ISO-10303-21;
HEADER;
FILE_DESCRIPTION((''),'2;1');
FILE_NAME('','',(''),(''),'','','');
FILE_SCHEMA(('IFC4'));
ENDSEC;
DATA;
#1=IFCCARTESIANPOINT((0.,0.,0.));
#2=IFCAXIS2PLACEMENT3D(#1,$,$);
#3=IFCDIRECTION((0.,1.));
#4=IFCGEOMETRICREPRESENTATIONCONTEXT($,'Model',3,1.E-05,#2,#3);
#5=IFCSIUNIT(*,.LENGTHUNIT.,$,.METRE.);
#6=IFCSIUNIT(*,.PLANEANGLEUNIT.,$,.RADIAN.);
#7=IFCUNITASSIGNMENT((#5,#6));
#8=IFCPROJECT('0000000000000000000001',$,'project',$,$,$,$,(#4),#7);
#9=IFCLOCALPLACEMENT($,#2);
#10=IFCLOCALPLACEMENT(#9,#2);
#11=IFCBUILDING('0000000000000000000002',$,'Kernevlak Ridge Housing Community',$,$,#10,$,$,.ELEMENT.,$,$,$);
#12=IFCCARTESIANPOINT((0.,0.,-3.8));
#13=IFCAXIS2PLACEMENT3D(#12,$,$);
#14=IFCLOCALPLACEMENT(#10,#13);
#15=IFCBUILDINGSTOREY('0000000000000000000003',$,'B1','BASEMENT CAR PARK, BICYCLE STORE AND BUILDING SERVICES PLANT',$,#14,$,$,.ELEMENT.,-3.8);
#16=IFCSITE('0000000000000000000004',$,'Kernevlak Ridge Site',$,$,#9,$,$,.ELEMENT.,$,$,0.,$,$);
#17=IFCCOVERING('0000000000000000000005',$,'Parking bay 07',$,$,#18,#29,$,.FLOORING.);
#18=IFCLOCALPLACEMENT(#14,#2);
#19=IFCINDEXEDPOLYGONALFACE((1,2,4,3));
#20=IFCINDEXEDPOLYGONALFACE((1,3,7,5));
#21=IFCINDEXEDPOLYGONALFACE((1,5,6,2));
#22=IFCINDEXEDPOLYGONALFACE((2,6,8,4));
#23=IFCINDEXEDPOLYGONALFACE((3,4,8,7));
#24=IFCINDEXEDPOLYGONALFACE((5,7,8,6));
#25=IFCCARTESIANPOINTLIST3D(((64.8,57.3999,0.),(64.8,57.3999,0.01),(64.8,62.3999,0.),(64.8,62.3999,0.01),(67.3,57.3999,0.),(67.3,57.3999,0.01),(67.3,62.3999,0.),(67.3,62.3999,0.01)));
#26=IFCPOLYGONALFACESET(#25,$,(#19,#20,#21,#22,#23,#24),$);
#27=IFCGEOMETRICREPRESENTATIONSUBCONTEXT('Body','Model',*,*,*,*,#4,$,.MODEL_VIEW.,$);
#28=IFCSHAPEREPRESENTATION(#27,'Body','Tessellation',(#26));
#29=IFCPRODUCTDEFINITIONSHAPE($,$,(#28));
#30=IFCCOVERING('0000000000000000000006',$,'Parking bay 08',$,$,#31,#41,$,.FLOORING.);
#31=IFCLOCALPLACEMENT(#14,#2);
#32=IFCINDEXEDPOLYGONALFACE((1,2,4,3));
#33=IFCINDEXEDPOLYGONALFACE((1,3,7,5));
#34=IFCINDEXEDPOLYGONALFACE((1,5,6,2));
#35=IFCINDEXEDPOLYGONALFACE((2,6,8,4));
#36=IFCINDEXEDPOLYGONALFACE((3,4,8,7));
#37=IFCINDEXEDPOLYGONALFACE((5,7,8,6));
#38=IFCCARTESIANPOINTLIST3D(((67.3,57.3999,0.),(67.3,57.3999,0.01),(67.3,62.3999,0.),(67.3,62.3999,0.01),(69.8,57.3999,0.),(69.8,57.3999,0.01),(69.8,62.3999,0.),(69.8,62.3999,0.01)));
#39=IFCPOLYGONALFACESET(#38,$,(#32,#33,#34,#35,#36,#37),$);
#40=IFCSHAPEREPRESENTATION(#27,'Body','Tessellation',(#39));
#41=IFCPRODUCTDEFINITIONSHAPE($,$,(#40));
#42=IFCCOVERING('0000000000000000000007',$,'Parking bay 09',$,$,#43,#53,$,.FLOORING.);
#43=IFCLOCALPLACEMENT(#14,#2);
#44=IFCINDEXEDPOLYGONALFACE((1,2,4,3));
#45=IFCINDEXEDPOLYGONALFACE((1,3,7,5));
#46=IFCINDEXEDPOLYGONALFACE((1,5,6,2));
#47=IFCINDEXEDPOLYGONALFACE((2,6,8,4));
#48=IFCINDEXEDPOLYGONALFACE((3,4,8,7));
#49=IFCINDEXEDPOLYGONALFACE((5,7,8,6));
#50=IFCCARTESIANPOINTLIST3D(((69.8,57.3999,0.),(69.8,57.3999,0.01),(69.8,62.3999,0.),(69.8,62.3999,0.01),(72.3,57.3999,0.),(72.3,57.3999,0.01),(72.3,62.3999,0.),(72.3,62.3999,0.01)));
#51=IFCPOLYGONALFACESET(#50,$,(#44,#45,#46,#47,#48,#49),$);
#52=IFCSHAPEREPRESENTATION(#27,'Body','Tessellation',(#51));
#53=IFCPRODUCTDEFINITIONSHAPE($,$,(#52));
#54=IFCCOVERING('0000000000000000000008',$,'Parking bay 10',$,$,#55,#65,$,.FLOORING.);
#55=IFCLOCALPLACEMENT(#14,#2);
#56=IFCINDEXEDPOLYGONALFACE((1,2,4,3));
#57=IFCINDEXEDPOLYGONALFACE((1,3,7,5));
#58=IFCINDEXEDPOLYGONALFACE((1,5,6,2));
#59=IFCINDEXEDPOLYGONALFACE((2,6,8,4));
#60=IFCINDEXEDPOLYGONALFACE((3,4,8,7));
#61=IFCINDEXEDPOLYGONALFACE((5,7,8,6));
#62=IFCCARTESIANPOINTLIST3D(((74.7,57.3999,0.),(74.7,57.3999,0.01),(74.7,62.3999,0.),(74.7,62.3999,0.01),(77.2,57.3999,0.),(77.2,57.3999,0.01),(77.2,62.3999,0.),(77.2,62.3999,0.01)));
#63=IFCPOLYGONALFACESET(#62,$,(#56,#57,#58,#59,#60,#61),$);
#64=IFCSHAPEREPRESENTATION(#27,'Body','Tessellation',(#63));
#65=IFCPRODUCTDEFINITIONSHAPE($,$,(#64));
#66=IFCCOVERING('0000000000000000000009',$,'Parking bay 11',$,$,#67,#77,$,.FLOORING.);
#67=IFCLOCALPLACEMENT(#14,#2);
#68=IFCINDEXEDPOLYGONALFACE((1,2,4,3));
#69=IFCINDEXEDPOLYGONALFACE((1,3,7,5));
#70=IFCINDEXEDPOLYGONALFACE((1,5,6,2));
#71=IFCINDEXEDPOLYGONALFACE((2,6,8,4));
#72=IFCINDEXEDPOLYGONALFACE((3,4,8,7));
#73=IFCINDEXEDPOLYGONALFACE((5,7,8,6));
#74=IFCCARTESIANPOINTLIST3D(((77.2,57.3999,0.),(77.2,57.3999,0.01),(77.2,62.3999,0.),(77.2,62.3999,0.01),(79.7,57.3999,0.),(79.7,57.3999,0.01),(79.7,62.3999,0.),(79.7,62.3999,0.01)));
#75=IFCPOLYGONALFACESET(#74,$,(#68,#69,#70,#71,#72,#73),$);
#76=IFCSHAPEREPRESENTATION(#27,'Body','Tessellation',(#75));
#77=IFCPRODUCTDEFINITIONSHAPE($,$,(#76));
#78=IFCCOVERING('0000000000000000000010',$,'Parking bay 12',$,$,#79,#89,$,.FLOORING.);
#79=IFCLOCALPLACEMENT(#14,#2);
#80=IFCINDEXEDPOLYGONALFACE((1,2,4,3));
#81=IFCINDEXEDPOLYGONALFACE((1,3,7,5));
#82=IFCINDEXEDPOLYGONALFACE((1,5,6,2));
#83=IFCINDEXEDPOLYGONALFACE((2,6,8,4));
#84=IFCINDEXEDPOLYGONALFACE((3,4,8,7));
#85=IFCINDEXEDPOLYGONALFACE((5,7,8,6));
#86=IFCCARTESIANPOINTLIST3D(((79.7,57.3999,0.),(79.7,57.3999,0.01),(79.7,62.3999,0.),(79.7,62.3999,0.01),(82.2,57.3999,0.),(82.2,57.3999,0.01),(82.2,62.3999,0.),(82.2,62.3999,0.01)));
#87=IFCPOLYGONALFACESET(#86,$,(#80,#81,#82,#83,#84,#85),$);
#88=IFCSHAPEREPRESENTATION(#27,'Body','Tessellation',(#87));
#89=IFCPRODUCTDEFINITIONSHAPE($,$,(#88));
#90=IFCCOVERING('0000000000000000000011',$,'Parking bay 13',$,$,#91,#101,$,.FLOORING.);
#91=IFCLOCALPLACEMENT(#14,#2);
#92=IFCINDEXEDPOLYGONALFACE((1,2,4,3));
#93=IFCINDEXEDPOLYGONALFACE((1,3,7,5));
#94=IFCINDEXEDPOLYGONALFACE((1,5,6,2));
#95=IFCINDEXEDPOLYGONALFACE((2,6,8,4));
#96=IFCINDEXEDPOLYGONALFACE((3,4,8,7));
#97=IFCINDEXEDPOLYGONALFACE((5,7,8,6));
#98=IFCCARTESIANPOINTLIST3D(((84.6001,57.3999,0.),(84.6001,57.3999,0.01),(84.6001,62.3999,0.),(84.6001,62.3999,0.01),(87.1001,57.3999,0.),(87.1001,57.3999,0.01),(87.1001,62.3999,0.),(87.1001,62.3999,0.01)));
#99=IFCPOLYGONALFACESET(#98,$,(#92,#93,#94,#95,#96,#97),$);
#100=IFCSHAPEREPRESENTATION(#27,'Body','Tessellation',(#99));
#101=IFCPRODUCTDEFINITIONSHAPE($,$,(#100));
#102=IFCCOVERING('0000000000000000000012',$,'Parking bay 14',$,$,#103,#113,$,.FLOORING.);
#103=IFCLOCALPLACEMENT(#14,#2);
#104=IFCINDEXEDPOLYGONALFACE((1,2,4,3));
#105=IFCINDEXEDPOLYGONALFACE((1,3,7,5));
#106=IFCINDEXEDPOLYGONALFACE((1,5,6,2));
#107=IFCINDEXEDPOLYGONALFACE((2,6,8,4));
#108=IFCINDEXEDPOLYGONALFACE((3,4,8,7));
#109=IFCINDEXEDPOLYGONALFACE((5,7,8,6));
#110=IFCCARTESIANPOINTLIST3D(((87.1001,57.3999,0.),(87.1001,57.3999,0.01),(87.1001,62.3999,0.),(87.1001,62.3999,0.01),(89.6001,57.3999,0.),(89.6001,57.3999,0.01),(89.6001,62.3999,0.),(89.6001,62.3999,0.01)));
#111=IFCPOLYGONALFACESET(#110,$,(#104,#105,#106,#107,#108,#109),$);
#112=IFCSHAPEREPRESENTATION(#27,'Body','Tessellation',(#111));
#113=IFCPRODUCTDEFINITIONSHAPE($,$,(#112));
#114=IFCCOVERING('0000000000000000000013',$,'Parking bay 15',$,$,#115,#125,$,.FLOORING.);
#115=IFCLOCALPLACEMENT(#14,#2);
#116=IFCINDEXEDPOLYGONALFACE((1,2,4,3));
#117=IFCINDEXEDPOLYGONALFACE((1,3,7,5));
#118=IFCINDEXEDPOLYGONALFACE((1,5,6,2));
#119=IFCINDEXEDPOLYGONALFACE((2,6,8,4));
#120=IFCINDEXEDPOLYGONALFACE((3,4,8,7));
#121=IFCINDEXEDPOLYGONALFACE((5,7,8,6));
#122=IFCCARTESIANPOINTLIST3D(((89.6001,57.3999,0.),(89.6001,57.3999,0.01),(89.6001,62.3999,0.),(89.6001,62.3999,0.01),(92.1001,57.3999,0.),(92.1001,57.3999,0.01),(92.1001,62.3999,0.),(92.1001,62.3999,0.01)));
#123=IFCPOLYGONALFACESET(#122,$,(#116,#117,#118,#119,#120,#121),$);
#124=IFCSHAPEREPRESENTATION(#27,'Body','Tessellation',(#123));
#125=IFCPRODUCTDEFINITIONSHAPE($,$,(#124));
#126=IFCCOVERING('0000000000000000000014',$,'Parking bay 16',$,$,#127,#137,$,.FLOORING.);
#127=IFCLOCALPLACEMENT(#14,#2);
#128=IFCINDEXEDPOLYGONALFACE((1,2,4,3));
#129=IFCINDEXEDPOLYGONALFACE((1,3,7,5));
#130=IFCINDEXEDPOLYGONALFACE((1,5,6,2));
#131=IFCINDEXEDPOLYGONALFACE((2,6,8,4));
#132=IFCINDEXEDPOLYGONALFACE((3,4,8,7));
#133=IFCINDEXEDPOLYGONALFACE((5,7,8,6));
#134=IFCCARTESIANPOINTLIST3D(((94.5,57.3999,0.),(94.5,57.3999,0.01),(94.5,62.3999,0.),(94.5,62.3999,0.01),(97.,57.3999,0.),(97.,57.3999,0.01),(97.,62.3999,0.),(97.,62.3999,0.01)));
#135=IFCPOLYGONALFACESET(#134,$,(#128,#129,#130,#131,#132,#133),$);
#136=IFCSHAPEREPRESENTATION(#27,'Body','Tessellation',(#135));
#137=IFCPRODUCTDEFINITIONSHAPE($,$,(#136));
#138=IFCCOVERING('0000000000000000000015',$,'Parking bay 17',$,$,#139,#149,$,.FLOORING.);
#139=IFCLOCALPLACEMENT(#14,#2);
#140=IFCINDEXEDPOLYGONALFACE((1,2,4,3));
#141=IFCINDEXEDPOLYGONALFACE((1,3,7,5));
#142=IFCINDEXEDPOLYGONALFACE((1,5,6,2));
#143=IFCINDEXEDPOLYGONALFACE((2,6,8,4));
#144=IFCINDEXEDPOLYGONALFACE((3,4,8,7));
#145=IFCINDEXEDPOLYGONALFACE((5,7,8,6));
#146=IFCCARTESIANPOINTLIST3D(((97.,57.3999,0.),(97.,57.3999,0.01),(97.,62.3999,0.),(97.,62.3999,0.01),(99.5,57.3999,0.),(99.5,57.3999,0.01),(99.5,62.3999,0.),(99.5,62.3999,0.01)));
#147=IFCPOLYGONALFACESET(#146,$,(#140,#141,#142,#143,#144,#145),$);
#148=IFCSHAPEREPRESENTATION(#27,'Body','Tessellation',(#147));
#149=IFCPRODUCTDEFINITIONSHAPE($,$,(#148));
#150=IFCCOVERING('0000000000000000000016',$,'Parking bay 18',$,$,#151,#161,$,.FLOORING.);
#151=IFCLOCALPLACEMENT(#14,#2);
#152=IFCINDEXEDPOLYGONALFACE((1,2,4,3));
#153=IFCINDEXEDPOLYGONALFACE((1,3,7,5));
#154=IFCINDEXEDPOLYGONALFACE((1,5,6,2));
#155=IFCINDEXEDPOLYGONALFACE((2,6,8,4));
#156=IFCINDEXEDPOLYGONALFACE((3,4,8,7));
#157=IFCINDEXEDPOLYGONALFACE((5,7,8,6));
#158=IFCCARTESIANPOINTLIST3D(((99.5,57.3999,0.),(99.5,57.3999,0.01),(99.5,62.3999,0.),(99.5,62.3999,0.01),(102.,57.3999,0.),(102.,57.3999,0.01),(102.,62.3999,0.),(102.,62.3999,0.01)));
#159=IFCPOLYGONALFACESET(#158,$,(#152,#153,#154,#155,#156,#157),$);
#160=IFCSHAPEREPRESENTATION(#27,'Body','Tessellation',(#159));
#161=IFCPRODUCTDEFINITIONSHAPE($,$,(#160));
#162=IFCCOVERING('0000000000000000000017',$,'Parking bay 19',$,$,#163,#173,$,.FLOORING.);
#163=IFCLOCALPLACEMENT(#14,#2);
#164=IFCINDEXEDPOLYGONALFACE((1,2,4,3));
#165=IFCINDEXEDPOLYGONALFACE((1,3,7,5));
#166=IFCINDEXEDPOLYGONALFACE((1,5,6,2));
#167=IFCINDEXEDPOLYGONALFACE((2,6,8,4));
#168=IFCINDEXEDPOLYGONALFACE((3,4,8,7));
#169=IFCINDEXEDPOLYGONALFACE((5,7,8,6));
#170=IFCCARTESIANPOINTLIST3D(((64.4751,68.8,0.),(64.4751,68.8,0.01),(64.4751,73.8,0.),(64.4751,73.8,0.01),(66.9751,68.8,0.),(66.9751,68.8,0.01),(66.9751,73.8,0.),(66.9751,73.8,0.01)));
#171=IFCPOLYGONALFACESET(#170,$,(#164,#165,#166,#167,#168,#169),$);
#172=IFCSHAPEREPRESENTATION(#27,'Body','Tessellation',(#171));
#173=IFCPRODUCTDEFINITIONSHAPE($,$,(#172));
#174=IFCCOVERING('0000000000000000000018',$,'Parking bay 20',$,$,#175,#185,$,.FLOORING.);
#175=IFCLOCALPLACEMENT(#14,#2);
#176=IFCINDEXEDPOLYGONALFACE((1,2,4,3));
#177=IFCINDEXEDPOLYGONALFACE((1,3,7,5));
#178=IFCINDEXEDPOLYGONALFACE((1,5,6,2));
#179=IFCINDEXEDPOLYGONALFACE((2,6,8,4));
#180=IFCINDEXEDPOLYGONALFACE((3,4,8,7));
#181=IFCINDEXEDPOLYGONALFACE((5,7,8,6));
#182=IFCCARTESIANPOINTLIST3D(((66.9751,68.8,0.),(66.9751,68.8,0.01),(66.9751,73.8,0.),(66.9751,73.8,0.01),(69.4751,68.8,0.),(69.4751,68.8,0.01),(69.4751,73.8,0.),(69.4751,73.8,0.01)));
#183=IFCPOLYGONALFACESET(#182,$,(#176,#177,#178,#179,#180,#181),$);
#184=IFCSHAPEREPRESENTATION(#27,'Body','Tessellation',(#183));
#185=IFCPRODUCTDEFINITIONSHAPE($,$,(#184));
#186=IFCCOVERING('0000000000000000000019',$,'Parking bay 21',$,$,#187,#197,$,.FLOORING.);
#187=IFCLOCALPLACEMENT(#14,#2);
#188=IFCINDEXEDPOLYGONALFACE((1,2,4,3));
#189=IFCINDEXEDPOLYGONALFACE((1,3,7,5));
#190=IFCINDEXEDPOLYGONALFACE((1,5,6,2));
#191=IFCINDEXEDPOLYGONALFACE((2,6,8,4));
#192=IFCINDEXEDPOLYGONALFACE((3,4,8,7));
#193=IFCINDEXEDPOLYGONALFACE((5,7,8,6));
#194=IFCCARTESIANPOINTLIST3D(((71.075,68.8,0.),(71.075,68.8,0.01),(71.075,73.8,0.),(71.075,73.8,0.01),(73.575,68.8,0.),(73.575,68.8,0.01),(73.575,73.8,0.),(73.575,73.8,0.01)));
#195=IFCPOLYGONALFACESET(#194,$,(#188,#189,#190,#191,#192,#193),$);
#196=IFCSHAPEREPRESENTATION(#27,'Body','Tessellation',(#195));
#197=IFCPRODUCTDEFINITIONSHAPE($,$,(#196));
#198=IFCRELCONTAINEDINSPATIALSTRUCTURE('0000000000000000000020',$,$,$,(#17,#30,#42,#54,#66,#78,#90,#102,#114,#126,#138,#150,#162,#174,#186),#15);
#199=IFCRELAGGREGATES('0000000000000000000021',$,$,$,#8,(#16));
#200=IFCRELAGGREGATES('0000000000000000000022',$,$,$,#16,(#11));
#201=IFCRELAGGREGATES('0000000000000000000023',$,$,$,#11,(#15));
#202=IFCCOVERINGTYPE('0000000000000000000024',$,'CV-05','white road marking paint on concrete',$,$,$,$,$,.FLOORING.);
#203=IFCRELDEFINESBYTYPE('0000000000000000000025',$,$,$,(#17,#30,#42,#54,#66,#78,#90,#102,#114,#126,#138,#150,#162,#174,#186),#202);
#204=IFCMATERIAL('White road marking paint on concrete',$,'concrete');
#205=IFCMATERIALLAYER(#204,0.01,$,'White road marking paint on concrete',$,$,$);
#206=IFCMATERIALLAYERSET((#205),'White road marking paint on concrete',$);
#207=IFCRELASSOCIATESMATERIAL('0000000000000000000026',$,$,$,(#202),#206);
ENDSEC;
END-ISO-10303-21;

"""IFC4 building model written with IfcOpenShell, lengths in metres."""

from ifc_helpers import new_model, si_unit, direction, frame, origin, place, context, subcontext, project, spatial, polyline, outline, extrude, material, layer, layer_set, type_object, element, save


model = new_model("IFC4")

# Units and contexts
model_context = context("Model", 3, precision=1e-05, world=origin(), true_north=direction((0.0, 1.0)))
body_context = subcontext(model_context, "Body", "Model", "MODEL_VIEW")
ifc_project = project(units=[si_unit("LENGTHUNIT", "METRE"), si_unit("PLANEANGLEUNIT", "RADIAN")], contexts=[model_context])

# Site, building, storey
site_placement = place(None, origin())
site = spatial("IfcSite", under=ifc_project, at=site_placement, Name="Kernevlak Ridge Site", CompositionType="ELEMENT", RefElevation=0.0)
building_placement = place(site_placement, origin())
building = spatial("IfcBuilding", under=site, at=building_placement, Name="Kernevlak Ridge Housing Community", CompositionType="ELEMENT")
storey_placement = place(building_placement, frame((0.0, 0.0, -3.8)))
storey = spatial("IfcBuildingStorey", under=building, at=storey_placement, Name="B1", Description="BASEMENT CAR PARK, BICYCLE STORE AND BUILDING SERVICES PLANT", CompositionType="ELEMENT", Elevation=-3.8)

# Coverings
ifc_material_1 = material(Name="White road marking paint on concrete", Category="concrete")
ifc_layer_1 = layer(ifc_material_1, 0.01, Name="White road marking paint on concrete")
ifc_layer_set_1 = layer_set([ifc_layer_1], Name="White road marking paint on concrete")
covering_type_1 = type_object("IfcCoveringType", Name="CV-05", Description="white road marking paint on concrete", PredefinedType="FLOORING", material=ifc_layer_set_1)
covering_1_placement = place(storey_placement, origin())
element("IfcCovering", 1, at=covering_1_placement, inside=storey, type_object=covering_type_1, Name="Parking bay 07", PredefinedType="FLOORING", context=body_context, shape_type="SweptSolid", body=[
    extrude(outline(polyline([(64.8, 57.3999), (67.3, 57.3999), (67.3, 62.3999), (64.8, 62.3999), (64.8, 57.3999)])), origin(), (0.0, 0.0, 1.0), 0.01),
])
covering_2_placement = place(storey_placement, origin())
element("IfcCovering", 2, at=covering_2_placement, inside=storey, type_object=covering_type_1, Name="Parking bay 08", PredefinedType="FLOORING", context=body_context, shape_type="SweptSolid", body=[
    extrude(outline(polyline([(67.3, 57.3999), (69.8, 57.3999), (69.8, 62.3999), (67.3, 62.3999), (67.3, 57.3999)])), origin(), (0.0, 0.0, 1.0), 0.01),
])
covering_3_placement = place(storey_placement, origin())
element("IfcCovering", 3, at=covering_3_placement, inside=storey, type_object=covering_type_1, Name="Parking bay 09", PredefinedType="FLOORING", context=body_context, shape_type="SweptSolid", body=[
    extrude(outline(polyline([(69.8, 57.3999), (72.3, 57.3999), (72.3, 62.3999), (69.8, 62.3999), (69.8, 57.3999)])), origin(), (0.0, 0.0, 1.0), 0.01),
])
covering_4_placement = place(storey_placement, origin())
element("IfcCovering", 4, at=covering_4_placement, inside=storey, type_object=covering_type_1, Name="Parking bay 10", PredefinedType="FLOORING", context=body_context, shape_type="SweptSolid", body=[
    extrude(outline(polyline([(74.7, 57.3999), (77.2, 57.3999), (77.2, 62.3999), (74.7, 62.3999), (74.7, 57.3999)])), origin(), (0.0, 0.0, 1.0), 0.01),
])
covering_5_placement = place(storey_placement, origin())
element("IfcCovering", 5, at=covering_5_placement, inside=storey, type_object=covering_type_1, Name="Parking bay 11", PredefinedType="FLOORING", context=body_context, shape_type="SweptSolid", body=[
    extrude(outline(polyline([(77.2, 57.3999), (79.7, 57.3999), (79.7, 62.3999), (77.2, 62.3999), (77.2, 57.3999)])), origin(), (0.0, 0.0, 1.0), 0.01),
])
covering_6_placement = place(storey_placement, origin())
element("IfcCovering", 6, at=covering_6_placement, inside=storey, type_object=covering_type_1, Name="Parking bay 12", PredefinedType="FLOORING", context=body_context, shape_type="SweptSolid", body=[
    extrude(outline(polyline([(79.7, 57.3999), (82.2, 57.3999), (82.2, 62.3999), (79.7, 62.3999), (79.7, 57.3999)])), origin(), (0.0, 0.0, 1.0), 0.01),
])
covering_7_placement = place(storey_placement, origin())
element("IfcCovering", 7, at=covering_7_placement, inside=storey, type_object=covering_type_1, Name="Parking bay 13", PredefinedType="FLOORING", context=body_context, shape_type="SweptSolid", body=[
    extrude(outline(polyline([(84.6001, 57.3999), (87.1001, 57.3999), (87.1001, 62.3999), (84.6001, 62.3999), (84.6001, 57.3999)])), origin(), (0.0, 0.0, 1.0), 0.01),
])
covering_8_placement = place(storey_placement, origin())
element("IfcCovering", 8, at=covering_8_placement, inside=storey, type_object=covering_type_1, Name="Parking bay 14", PredefinedType="FLOORING", context=body_context, shape_type="SweptSolid", body=[
    extrude(outline(polyline([(87.1001, 57.3999), (89.6001, 57.3999), (89.6001, 62.3999), (87.1001, 62.3999), (87.1001, 57.3999)])), origin(), (0.0, 0.0, 1.0), 0.01),
])
covering_9_placement = place(storey_placement, origin())
element("IfcCovering", 9, at=covering_9_placement, inside=storey, type_object=covering_type_1, Name="Parking bay 15", PredefinedType="FLOORING", context=body_context, shape_type="SweptSolid", body=[
    extrude(outline(polyline([(89.6001, 57.3999), (92.1001, 57.3999), (92.1001, 62.3999), (89.6001, 62.3999), (89.6001, 57.3999)])), origin(), (0.0, 0.0, 1.0), 0.01),
])
covering_10_placement = place(storey_placement, origin())
element("IfcCovering", 10, at=covering_10_placement, inside=storey, type_object=covering_type_1, Name="Parking bay 16", PredefinedType="FLOORING", context=body_context, shape_type="SweptSolid", body=[
    extrude(outline(polyline([(94.5, 57.3999), (97.0, 57.3999), (97.0, 62.3999), (94.5, 62.3999), (94.5, 57.3999)])), origin(), (0.0, 0.0, 1.0), 0.01),
])
covering_11_placement = place(storey_placement, origin())
element("IfcCovering", 11, at=covering_11_placement, inside=storey, type_object=covering_type_1, Name="Parking bay 17", PredefinedType="FLOORING", context=body_context, shape_type="SweptSolid", body=[
    extrude(outline(polyline([(97.0, 57.3999), (99.5, 57.3999), (99.5, 62.3999), (97.0, 62.3999), (97.0, 57.3999)])), origin(), (0.0, 0.0, 1.0), 0.01),
])
covering_12_placement = place(storey_placement, origin())
element("IfcCovering", 12, at=covering_12_placement, inside=storey, type_object=covering_type_1, Name="Parking bay 18", PredefinedType="FLOORING", context=body_context, shape_type="SweptSolid", body=[
    extrude(outline(polyline([(99.5, 57.3999), (102.0, 57.3999), (102.0, 62.3999), (99.5, 62.3999), (99.5, 57.3999)])), origin(), (0.0, 0.0, 1.0), 0.01),
])
covering_13_placement = place(storey_placement, origin())
element("IfcCovering", 13, at=covering_13_placement, inside=storey, type_object=covering_type_1, Name="Parking bay 19", PredefinedType="FLOORING", context=body_context, shape_type="SweptSolid", body=[
    extrude(outline(polyline([(64.4751, 68.8), (66.9751, 68.8), (66.9751, 73.8), (64.4751, 73.8), (64.4751, 68.8)])), origin(), (0.0, 0.0, 1.0), 0.01),
])
covering_14_placement = place(storey_placement, origin())
element("IfcCovering", 14, at=covering_14_placement, inside=storey, type_object=covering_type_1, Name="Parking bay 20", PredefinedType="FLOORING", context=body_context, shape_type="SweptSolid", body=[
    extrude(outline(polyline([(66.9751, 68.8), (69.4751, 68.8), (69.4751, 73.8), (66.9751, 73.8), (66.9751, 68.8)])), origin(), (0.0, 0.0, 1.0), 0.01),
])
covering_15_placement = place(storey_placement, origin())
element("IfcCovering", 15, at=covering_15_placement, inside=storey, type_object=covering_type_1, Name="Parking bay 21", PredefinedType="FLOORING", context=body_context, shape_type="SweptSolid", body=[
    extrude(outline(polyline([(71.075, 68.8), (73.575, 68.8), (73.575, 73.8), (71.075, 73.8), (71.075, 68.8)])), origin(), (0.0, 0.0, 1.0), 0.01),
])

save(model, "model.ifc")
